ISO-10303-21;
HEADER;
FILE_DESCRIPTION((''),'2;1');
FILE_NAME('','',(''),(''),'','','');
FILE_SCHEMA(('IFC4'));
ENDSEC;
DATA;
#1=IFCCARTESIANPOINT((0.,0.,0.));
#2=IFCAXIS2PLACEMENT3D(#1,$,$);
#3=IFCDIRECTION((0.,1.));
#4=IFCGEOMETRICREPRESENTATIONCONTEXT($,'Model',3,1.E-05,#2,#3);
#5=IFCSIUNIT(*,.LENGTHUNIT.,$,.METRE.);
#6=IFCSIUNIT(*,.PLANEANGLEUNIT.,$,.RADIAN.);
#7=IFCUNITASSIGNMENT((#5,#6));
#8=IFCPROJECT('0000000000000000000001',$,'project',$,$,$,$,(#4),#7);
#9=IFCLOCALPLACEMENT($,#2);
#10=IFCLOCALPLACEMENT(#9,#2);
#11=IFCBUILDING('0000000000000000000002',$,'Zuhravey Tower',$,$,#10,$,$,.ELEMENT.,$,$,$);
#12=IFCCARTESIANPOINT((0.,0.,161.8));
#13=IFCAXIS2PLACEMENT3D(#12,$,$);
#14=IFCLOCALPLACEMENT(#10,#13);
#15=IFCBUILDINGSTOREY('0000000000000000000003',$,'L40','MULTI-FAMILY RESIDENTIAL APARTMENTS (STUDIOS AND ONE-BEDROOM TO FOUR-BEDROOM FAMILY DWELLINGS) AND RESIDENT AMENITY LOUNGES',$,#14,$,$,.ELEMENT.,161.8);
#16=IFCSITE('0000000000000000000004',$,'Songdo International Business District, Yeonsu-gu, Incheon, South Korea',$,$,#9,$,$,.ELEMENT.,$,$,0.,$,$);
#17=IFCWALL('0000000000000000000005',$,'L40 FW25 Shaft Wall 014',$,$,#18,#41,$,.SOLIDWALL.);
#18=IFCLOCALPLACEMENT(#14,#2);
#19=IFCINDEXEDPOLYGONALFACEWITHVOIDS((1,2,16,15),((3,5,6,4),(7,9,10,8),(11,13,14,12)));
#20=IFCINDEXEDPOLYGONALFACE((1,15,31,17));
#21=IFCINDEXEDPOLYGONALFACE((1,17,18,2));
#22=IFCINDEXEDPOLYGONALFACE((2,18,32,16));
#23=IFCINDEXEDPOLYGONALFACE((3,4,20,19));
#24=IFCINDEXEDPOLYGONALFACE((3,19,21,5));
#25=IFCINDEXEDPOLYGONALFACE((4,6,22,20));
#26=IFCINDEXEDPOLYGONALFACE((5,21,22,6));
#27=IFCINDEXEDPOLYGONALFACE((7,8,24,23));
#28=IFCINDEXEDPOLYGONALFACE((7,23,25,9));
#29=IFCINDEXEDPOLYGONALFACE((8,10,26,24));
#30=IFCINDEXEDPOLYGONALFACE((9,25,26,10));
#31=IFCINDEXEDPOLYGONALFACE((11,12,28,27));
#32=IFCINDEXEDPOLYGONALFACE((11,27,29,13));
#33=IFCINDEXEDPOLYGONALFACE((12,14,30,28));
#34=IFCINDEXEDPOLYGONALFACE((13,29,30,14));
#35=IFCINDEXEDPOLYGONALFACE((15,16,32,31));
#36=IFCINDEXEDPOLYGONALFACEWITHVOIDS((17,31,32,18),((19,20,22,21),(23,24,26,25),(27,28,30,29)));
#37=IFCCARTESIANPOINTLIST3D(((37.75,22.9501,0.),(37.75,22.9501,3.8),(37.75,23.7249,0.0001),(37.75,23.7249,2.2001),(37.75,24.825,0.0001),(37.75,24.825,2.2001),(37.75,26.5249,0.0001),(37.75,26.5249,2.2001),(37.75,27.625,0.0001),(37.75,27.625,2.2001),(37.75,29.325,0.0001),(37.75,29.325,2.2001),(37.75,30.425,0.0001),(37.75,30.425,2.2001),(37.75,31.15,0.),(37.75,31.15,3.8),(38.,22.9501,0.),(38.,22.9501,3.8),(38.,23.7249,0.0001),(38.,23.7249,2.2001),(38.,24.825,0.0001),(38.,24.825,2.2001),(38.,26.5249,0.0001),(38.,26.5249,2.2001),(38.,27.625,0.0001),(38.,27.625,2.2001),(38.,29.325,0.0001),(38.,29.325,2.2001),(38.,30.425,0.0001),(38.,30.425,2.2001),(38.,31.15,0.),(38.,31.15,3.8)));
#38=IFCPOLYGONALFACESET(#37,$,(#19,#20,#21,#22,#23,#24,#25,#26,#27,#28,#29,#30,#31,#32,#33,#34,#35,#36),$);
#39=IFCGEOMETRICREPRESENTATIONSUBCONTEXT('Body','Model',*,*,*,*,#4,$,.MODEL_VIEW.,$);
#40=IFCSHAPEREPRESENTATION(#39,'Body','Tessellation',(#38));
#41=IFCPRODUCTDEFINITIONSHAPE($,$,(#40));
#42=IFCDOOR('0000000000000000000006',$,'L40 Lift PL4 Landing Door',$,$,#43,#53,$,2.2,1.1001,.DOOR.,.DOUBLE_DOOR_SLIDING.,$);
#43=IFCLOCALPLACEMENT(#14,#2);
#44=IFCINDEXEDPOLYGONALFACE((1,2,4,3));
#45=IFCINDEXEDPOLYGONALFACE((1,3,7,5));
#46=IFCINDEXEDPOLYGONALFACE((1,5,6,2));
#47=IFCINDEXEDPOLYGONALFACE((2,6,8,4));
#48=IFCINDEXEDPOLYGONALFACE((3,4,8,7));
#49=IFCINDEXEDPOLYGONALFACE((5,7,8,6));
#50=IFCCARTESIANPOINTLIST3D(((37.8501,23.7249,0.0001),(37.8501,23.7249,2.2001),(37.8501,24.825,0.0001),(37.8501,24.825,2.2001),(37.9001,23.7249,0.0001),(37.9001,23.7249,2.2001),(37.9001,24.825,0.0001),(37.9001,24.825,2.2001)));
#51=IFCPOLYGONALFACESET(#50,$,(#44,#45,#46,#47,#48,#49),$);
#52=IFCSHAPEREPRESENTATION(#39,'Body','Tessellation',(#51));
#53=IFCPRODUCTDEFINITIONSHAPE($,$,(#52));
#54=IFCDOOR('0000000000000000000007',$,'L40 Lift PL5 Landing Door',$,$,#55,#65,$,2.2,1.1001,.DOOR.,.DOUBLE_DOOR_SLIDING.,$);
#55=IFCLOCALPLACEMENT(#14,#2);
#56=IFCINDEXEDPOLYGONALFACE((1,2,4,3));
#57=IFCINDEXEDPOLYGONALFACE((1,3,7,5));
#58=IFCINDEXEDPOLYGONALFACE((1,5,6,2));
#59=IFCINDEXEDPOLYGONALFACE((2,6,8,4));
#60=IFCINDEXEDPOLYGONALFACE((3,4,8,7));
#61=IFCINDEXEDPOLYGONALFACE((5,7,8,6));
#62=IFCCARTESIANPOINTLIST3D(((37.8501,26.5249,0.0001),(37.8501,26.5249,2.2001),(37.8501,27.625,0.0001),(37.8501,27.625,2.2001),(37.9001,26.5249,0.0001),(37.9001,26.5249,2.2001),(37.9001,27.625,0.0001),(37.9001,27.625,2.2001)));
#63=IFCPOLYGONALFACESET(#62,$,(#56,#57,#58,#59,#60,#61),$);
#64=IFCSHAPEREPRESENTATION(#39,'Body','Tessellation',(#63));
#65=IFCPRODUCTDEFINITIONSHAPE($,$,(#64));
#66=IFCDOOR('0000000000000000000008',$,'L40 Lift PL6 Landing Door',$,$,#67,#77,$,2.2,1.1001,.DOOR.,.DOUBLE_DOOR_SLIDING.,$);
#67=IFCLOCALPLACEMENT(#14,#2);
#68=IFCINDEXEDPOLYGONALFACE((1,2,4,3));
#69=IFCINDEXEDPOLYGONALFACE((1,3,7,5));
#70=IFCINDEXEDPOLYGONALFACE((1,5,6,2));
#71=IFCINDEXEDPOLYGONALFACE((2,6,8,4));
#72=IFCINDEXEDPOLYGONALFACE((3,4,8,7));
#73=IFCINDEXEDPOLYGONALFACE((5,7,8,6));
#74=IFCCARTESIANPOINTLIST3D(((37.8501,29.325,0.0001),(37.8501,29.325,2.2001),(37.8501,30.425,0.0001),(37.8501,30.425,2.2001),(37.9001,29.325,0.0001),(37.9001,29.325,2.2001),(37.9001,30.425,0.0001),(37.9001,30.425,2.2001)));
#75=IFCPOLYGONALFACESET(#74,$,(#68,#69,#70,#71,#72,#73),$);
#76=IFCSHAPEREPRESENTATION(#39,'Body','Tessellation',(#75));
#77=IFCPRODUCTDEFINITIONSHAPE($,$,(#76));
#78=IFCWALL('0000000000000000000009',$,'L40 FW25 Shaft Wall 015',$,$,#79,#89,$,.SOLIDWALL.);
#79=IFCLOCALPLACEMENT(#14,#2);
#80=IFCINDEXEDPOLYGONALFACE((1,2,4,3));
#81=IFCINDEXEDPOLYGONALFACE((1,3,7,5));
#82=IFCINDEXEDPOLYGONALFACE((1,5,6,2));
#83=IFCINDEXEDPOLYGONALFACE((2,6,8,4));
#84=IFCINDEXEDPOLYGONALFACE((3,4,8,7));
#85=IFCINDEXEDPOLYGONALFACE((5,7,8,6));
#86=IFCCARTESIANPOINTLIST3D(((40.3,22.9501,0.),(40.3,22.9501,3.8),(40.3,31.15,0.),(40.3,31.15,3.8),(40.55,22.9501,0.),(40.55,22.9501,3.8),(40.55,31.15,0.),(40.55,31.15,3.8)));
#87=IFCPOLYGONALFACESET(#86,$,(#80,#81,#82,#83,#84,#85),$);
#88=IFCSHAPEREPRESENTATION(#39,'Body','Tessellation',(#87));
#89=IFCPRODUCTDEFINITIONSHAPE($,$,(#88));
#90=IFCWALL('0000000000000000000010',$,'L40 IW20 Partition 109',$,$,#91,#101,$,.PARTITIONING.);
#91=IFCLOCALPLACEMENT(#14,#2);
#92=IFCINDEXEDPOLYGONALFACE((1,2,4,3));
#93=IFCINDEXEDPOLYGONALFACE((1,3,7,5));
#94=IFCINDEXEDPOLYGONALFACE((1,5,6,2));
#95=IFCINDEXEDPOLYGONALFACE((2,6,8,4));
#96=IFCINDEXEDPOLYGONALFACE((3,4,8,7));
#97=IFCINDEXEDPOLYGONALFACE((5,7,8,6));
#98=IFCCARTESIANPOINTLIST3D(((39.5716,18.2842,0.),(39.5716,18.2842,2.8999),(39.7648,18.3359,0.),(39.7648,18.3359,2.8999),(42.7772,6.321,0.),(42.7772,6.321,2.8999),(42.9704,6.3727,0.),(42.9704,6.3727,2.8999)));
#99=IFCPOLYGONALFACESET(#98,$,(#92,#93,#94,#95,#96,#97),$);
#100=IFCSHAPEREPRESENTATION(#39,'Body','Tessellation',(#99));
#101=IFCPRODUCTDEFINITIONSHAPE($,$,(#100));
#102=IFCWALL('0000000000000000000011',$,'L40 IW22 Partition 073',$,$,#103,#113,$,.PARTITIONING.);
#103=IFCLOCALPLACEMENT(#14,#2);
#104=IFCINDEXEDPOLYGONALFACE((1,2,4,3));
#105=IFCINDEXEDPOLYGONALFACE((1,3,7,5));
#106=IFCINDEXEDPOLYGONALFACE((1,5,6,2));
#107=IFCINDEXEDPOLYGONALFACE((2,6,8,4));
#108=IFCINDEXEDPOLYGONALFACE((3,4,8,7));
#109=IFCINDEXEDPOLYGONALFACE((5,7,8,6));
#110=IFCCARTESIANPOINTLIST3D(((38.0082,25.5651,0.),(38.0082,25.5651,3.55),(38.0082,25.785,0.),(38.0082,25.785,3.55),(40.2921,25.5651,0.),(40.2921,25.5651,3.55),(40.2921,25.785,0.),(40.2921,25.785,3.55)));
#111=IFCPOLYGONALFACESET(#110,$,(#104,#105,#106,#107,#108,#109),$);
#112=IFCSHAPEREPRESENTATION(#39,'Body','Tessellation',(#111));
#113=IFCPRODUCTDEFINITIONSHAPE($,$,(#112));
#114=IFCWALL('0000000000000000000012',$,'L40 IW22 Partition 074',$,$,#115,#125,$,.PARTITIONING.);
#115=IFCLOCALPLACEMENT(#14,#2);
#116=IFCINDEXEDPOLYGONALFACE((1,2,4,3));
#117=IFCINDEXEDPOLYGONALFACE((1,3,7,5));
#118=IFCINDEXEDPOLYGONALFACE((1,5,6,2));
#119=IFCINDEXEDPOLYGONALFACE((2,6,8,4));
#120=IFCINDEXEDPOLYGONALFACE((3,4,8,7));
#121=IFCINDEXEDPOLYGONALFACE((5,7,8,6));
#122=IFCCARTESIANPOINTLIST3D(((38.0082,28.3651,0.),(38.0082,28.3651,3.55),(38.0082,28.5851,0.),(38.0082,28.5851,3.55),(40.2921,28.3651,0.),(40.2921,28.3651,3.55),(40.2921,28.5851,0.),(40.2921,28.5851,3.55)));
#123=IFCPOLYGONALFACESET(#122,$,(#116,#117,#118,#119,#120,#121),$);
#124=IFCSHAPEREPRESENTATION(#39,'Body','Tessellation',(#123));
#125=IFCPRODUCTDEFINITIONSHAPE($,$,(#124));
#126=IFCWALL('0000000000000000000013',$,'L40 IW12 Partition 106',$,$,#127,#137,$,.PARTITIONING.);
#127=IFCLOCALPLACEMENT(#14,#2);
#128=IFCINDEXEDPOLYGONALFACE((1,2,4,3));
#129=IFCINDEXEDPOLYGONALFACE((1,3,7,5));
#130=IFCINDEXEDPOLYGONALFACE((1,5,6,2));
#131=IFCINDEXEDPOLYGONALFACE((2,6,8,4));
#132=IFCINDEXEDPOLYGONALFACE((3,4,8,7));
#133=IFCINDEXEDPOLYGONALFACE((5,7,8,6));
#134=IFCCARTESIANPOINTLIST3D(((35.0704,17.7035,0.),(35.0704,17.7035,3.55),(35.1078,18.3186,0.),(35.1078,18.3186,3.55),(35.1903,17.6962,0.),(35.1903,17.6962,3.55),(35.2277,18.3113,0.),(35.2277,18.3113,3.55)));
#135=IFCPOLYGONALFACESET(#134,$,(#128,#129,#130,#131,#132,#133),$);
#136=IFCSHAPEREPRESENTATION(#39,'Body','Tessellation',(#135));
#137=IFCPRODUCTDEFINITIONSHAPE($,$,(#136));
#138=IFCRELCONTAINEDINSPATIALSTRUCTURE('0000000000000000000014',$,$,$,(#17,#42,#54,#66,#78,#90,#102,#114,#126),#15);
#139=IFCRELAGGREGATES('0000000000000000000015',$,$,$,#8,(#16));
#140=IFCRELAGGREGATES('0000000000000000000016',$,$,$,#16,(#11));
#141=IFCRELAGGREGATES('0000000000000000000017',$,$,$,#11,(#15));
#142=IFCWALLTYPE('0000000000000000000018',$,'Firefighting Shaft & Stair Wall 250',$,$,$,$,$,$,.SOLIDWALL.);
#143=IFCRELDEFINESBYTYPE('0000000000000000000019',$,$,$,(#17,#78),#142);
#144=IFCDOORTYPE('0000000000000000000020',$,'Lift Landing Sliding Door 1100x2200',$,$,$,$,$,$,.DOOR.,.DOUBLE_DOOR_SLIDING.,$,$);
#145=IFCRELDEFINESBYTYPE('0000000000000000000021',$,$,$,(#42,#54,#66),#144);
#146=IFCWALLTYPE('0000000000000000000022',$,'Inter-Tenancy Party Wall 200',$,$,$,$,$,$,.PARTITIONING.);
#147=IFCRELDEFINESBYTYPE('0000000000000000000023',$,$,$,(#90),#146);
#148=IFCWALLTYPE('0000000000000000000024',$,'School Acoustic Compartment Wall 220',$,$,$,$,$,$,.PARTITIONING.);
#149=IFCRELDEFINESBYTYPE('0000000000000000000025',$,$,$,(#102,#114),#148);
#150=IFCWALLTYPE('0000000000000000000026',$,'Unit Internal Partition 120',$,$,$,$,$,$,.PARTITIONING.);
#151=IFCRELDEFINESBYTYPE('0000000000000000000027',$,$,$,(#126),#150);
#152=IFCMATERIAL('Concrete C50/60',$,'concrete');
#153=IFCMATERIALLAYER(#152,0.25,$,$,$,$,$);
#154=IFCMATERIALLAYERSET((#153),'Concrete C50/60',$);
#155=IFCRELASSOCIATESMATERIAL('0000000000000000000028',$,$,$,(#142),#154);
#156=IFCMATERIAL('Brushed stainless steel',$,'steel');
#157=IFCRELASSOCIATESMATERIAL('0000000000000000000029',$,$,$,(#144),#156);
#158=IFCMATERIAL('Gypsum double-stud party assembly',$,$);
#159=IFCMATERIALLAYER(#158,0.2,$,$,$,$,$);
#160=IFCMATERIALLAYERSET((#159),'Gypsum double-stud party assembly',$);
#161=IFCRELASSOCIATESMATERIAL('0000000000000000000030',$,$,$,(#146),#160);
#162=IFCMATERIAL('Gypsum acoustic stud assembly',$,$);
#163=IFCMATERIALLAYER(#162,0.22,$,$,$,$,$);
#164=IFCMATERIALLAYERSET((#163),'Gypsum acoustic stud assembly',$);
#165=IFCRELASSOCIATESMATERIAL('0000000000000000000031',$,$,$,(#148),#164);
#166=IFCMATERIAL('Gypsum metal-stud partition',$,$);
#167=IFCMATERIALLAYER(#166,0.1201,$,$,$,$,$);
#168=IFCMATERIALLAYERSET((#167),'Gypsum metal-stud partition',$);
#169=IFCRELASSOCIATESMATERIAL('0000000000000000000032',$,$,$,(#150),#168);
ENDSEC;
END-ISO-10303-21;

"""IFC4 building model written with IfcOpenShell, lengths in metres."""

from ifc_helpers import new_model, si_unit, direction, frame, frame_2d, origin, place, context, subcontext, project, spatial, rectangle, extrude, material, layer, layer_set, type_object, element, fill, save


model = new_model("IFC4")

# Units and contexts
model_context = context("Model", 3, precision=1e-05, world=origin(), true_north=direction((0.0, 1.0)))
body_context = subcontext(model_context, "Body", "Model", "MODEL_VIEW")
ifc_project = project(units=[si_unit("LENGTHUNIT", "METRE"), si_unit("PLANEANGLEUNIT", "RADIAN")], contexts=[model_context])

# Site, building, storey
site_placement = place(None, origin())
site = spatial("IfcSite", under=ifc_project, at=site_placement, Name="Songdo International Business District, Yeonsu-gu, Incheon, South Korea", CompositionType="ELEMENT", RefElevation=0.0)
building_placement = place(site_placement, origin())
building = spatial("IfcBuilding", under=site, at=building_placement, Name="Zuhravey Tower", CompositionType="ELEMENT")
storey_placement = place(building_placement, frame((0.0, 0.0, 161.8)))
storey = spatial("IfcBuildingStorey", under=building, at=storey_placement, Name="L40", Description="MULTI-FAMILY RESIDENTIAL APARTMENTS (STUDIOS AND ONE-BEDROOM TO FOUR-BEDROOM FAMILY DWELLINGS) AND RESIDENT AMENITY LOUNGES", CompositionType="ELEMENT", Elevation=161.8)

# Shared definitions
ifc_material_1 = material(Name="Concrete C50/60", Category="concrete")
ifc_layer_1 = layer(ifc_material_1, 0.25)
ifc_layer_set_1 = layer_set([ifc_layer_1], Name="Concrete C50/60")
wall_type_1 = type_object("IfcWallType", Name="Firefighting Shaft & Stair Wall 250", PredefinedType="SOLIDWALL", material=ifc_layer_set_1)

# Wall, openings, doors
wall_1_placement = place(storey_placement, frame((37.875, 22.95, 0.0), z_axis=(0.0, 0.0, 1.0), x_axis=(0.0, 1.0, 0.0)))
wall_1 = element("IfcWall", 1, at=wall_1_placement, inside=storey, type_object=wall_type_1, Name="L40 FW25 Shaft Wall 014", PredefinedType="SOLIDWALL", context=body_context, shape_type="SweptSolid", body=[
    extrude(rectangle(XDim=8.2, YDim=0.25, at=frame_2d((4.1001, 0.0))), origin(), (0.0, 0.0, 1.0), 3.8),
])
opening_1_placement = place(wall_1_placement, frame((0.7749, 0.0, 0.0)))
opening_1 = element("IfcOpeningElement", 2, at=opening_1_placement, cuts=wall_1, PredefinedType="OPENING", context=body_context, shape_type="SweptSolid", body=[
    extrude(rectangle(XDim=1.1001, YDim=2.2, at=frame_2d((0.55, 1.1001))), frame((0.0, 0.137, 0.0), z_axis=(0.0, -1.0, 0.0), x_axis=(1.0, 0.0, 0.0)), (0.0, 0.0, 1.0), 0.2739),
])
opening_2_placement = place(wall_1_placement, frame((3.575, 0.0, 0.0)))
opening_2 = element("IfcOpeningElement", 3, at=opening_2_placement, cuts=wall_1, PredefinedType="OPENING", context=body_context, shape_type="SweptSolid", body=[
    extrude(rectangle(XDim=1.1001, YDim=2.2, at=frame_2d((0.55, 1.1001))), frame((0.0, 0.137, 0.0), z_axis=(0.0, -1.0, 0.0), x_axis=(1.0, 0.0, 0.0)), (0.0, 0.0, 1.0), 0.2739),
])
opening_3_placement = place(wall_1_placement, frame((6.375, 0.0, 0.0)))
opening_3 = element("IfcOpeningElement", 4, at=opening_3_placement, cuts=wall_1, PredefinedType="OPENING", context=body_context, shape_type="SweptSolid", body=[
    extrude(rectangle(XDim=1.1001, YDim=2.2, at=frame_2d((0.55, 1.1001))), frame((0.0, 0.137, 0.0), z_axis=(0.0, -1.0, 0.0), x_axis=(1.0, 0.0, 0.0)), (0.0, 0.0, 1.0), 0.2739),
])
ifc_material_2 = material(Name="Brushed stainless steel", Category="steel")
door_type_1 = type_object("IfcDoorType", Name="Lift Landing Sliding Door 1100x2200", OperationType="DOUBLE_DOOR_SLIDING", PredefinedType="DOOR", material=ifc_material_2)
door_1_placement = place(opening_1_placement, origin())
door_1 = element("IfcDoor", 5, at=door_1_placement, inside=storey, type_object=door_type_1, Name="L40 Lift PL4 Landing Door", OperationType="DOUBLE_DOOR_SLIDING", OverallHeight=2.2, OverallWidth=1.1001, PredefinedType="DOOR", context=body_context, shape_type="SweptSolid", body=[
    extrude(rectangle(XDim=1.1001, YDim=2.2, at=frame_2d((0.55, 1.1001))), frame((0.0, 0.0249, 0.0), z_axis=(0.0, -1.0, 0.0), x_axis=(1.0, 0.0, 0.0)), (0.0, 0.0, 1.0), 0.05),
])
fill(opening_1, door_1)
door_2_placement = place(opening_2_placement, origin())
door_2 = element("IfcDoor", 6, at=door_2_placement, inside=storey, type_object=door_type_1, Name="L40 Lift PL5 Landing Door", OperationType="DOUBLE_DOOR_SLIDING", OverallHeight=2.2, OverallWidth=1.1001, PredefinedType="DOOR", context=body_context, shape_type="SweptSolid", body=[
    extrude(rectangle(XDim=1.1001, YDim=2.2, at=frame_2d((0.55, 1.1001))), frame((0.0, 0.0249, 0.0), z_axis=(0.0, -1.0, 0.0), x_axis=(1.0, 0.0, 0.0)), (0.0, 0.0, 1.0), 0.05),
])
fill(opening_2, door_2)
door_3_placement = place(opening_3_placement, origin())
door_3 = element("IfcDoor", 7, at=door_3_placement, inside=storey, type_object=door_type_1, Name="L40 Lift PL6 Landing Door", OperationType="DOUBLE_DOOR_SLIDING", OverallHeight=2.2, OverallWidth=1.1001, PredefinedType="DOOR", context=body_context, shape_type="SweptSolid", body=[
    extrude(rectangle(XDim=1.1001, YDim=2.2, at=frame_2d((0.55, 1.1001))), frame((0.0, 0.0249, 0.0), z_axis=(0.0, -1.0, 0.0), x_axis=(1.0, 0.0, 0.0)), (0.0, 0.0, 1.0), 0.05),
])
fill(opening_3, door_3)

# Walls
wall_2_placement = place(storey_placement, frame((40.425, 22.95, 0.0), z_axis=(0.0, 0.0, 1.0), x_axis=(0.0, 1.0, 0.0)))
element("IfcWall", 8, at=wall_2_placement, inside=storey, type_object=wall_type_1, Name="L40 FW25 Shaft Wall 015", PredefinedType="SOLIDWALL", context=body_context, shape_type="SweptSolid", body=[
    extrude(rectangle(XDim=8.2, YDim=0.25, at=frame_2d((4.1001, 0.0))), origin(), (0.0, 0.0, 1.0), 3.8),
])
ifc_material_3 = material(Name="Gypsum double-stud party assembly")
ifc_layer_2 = layer(ifc_material_3, 0.2)
ifc_layer_set_2 = layer_set([ifc_layer_2], Name="Gypsum double-stud party assembly")
wall_type_2 = type_object("IfcWallType", Name="Inter-Tenancy Party Wall 200", PredefinedType="PARTITIONING", material=ifc_layer_set_2)
wall_3_placement = place(storey_placement, frame((39.6682, 18.3101, 0.0), z_axis=(0.0, 0.0, 1.0), x_axis=(0.258823, -0.965925, 0.0)))
element("IfcWall", 9, at=wall_3_placement, inside=storey, type_object=wall_type_2, Name="L40 IW20 Partition 109", PredefinedType="PARTITIONING", context=body_context, shape_type="SweptSolid", body=[
    extrude(rectangle(XDim=12.3853, YDim=0.2, at=frame_2d((6.1926, 0.0))), origin(), (0.0, 0.0, 1.0), 2.8999),
])
ifc_material_4 = material(Name="Gypsum acoustic stud assembly")
ifc_layer_3 = layer(ifc_material_4, 0.22)
ifc_layer_set_3 = layer_set([ifc_layer_3], Name="Gypsum acoustic stud assembly")
wall_type_3 = type_object("IfcWallType", Name="School Acoustic Compartment Wall 220", PredefinedType="PARTITIONING", material=ifc_layer_set_3)
for number, where, z_axis, x_axis, name in (
    (10, (38.0081, 25.675, 0.0), (0.0, 0.0, 1.0), (1.0, 0.0, 0.0), "L40 IW22 Partition 073"),
    (11, (38.0081, 28.4751, 0.0), (0.0, 0.0, 1.0), (1.0, 0.0, 0.0), "L40 IW22 Partition 074"),
):
    element("IfcWall", number, at=place(storey_placement, frame(where, z_axis=z_axis, x_axis=x_axis)), inside=storey, type_object=wall_type_3, Name=name, PredefinedType="PARTITIONING", context=body_context, shape_type="SweptSolid", body=[
        extrude(rectangle(XDim=2.2839, YDim=0.22, at=frame_2d((1.1421, 0.0))), origin(), (0.0, 0.0, 1.0), 3.55),
    ])
ifc_material_5 = material(Name="Gypsum metal-stud partition")
ifc_layer_4 = layer(ifc_material_5, 0.1201)
ifc_layer_set_4 = layer_set([ifc_layer_4], Name="Gypsum metal-stud partition")
wall_type_4 = type_object("IfcWallType", Name="Unit Internal Partition 120", PredefinedType="PARTITIONING", material=ifc_layer_set_4)
wall_4_placement = place(storey_placement, frame((35.1677, 18.3149, 0.0), z_axis=(0.0, 0.0, 1.0), x_axis=(-0.060627, -0.998161, 0.0)))
element("IfcWall", 12, at=wall_4_placement, inside=storey, type_object=wall_type_4, Name="L40 IW12 Partition 106", PredefinedType="PARTITIONING", context=body_context, shape_type="SweptSolid", body=[
    extrude(rectangle(XDim=0.6162, YDim=0.1201, at=frame_2d((0.3081, 0.0))), origin(), (0.0, 0.0, 1.0), 3.55),
])

save(model, "model.ifc")
